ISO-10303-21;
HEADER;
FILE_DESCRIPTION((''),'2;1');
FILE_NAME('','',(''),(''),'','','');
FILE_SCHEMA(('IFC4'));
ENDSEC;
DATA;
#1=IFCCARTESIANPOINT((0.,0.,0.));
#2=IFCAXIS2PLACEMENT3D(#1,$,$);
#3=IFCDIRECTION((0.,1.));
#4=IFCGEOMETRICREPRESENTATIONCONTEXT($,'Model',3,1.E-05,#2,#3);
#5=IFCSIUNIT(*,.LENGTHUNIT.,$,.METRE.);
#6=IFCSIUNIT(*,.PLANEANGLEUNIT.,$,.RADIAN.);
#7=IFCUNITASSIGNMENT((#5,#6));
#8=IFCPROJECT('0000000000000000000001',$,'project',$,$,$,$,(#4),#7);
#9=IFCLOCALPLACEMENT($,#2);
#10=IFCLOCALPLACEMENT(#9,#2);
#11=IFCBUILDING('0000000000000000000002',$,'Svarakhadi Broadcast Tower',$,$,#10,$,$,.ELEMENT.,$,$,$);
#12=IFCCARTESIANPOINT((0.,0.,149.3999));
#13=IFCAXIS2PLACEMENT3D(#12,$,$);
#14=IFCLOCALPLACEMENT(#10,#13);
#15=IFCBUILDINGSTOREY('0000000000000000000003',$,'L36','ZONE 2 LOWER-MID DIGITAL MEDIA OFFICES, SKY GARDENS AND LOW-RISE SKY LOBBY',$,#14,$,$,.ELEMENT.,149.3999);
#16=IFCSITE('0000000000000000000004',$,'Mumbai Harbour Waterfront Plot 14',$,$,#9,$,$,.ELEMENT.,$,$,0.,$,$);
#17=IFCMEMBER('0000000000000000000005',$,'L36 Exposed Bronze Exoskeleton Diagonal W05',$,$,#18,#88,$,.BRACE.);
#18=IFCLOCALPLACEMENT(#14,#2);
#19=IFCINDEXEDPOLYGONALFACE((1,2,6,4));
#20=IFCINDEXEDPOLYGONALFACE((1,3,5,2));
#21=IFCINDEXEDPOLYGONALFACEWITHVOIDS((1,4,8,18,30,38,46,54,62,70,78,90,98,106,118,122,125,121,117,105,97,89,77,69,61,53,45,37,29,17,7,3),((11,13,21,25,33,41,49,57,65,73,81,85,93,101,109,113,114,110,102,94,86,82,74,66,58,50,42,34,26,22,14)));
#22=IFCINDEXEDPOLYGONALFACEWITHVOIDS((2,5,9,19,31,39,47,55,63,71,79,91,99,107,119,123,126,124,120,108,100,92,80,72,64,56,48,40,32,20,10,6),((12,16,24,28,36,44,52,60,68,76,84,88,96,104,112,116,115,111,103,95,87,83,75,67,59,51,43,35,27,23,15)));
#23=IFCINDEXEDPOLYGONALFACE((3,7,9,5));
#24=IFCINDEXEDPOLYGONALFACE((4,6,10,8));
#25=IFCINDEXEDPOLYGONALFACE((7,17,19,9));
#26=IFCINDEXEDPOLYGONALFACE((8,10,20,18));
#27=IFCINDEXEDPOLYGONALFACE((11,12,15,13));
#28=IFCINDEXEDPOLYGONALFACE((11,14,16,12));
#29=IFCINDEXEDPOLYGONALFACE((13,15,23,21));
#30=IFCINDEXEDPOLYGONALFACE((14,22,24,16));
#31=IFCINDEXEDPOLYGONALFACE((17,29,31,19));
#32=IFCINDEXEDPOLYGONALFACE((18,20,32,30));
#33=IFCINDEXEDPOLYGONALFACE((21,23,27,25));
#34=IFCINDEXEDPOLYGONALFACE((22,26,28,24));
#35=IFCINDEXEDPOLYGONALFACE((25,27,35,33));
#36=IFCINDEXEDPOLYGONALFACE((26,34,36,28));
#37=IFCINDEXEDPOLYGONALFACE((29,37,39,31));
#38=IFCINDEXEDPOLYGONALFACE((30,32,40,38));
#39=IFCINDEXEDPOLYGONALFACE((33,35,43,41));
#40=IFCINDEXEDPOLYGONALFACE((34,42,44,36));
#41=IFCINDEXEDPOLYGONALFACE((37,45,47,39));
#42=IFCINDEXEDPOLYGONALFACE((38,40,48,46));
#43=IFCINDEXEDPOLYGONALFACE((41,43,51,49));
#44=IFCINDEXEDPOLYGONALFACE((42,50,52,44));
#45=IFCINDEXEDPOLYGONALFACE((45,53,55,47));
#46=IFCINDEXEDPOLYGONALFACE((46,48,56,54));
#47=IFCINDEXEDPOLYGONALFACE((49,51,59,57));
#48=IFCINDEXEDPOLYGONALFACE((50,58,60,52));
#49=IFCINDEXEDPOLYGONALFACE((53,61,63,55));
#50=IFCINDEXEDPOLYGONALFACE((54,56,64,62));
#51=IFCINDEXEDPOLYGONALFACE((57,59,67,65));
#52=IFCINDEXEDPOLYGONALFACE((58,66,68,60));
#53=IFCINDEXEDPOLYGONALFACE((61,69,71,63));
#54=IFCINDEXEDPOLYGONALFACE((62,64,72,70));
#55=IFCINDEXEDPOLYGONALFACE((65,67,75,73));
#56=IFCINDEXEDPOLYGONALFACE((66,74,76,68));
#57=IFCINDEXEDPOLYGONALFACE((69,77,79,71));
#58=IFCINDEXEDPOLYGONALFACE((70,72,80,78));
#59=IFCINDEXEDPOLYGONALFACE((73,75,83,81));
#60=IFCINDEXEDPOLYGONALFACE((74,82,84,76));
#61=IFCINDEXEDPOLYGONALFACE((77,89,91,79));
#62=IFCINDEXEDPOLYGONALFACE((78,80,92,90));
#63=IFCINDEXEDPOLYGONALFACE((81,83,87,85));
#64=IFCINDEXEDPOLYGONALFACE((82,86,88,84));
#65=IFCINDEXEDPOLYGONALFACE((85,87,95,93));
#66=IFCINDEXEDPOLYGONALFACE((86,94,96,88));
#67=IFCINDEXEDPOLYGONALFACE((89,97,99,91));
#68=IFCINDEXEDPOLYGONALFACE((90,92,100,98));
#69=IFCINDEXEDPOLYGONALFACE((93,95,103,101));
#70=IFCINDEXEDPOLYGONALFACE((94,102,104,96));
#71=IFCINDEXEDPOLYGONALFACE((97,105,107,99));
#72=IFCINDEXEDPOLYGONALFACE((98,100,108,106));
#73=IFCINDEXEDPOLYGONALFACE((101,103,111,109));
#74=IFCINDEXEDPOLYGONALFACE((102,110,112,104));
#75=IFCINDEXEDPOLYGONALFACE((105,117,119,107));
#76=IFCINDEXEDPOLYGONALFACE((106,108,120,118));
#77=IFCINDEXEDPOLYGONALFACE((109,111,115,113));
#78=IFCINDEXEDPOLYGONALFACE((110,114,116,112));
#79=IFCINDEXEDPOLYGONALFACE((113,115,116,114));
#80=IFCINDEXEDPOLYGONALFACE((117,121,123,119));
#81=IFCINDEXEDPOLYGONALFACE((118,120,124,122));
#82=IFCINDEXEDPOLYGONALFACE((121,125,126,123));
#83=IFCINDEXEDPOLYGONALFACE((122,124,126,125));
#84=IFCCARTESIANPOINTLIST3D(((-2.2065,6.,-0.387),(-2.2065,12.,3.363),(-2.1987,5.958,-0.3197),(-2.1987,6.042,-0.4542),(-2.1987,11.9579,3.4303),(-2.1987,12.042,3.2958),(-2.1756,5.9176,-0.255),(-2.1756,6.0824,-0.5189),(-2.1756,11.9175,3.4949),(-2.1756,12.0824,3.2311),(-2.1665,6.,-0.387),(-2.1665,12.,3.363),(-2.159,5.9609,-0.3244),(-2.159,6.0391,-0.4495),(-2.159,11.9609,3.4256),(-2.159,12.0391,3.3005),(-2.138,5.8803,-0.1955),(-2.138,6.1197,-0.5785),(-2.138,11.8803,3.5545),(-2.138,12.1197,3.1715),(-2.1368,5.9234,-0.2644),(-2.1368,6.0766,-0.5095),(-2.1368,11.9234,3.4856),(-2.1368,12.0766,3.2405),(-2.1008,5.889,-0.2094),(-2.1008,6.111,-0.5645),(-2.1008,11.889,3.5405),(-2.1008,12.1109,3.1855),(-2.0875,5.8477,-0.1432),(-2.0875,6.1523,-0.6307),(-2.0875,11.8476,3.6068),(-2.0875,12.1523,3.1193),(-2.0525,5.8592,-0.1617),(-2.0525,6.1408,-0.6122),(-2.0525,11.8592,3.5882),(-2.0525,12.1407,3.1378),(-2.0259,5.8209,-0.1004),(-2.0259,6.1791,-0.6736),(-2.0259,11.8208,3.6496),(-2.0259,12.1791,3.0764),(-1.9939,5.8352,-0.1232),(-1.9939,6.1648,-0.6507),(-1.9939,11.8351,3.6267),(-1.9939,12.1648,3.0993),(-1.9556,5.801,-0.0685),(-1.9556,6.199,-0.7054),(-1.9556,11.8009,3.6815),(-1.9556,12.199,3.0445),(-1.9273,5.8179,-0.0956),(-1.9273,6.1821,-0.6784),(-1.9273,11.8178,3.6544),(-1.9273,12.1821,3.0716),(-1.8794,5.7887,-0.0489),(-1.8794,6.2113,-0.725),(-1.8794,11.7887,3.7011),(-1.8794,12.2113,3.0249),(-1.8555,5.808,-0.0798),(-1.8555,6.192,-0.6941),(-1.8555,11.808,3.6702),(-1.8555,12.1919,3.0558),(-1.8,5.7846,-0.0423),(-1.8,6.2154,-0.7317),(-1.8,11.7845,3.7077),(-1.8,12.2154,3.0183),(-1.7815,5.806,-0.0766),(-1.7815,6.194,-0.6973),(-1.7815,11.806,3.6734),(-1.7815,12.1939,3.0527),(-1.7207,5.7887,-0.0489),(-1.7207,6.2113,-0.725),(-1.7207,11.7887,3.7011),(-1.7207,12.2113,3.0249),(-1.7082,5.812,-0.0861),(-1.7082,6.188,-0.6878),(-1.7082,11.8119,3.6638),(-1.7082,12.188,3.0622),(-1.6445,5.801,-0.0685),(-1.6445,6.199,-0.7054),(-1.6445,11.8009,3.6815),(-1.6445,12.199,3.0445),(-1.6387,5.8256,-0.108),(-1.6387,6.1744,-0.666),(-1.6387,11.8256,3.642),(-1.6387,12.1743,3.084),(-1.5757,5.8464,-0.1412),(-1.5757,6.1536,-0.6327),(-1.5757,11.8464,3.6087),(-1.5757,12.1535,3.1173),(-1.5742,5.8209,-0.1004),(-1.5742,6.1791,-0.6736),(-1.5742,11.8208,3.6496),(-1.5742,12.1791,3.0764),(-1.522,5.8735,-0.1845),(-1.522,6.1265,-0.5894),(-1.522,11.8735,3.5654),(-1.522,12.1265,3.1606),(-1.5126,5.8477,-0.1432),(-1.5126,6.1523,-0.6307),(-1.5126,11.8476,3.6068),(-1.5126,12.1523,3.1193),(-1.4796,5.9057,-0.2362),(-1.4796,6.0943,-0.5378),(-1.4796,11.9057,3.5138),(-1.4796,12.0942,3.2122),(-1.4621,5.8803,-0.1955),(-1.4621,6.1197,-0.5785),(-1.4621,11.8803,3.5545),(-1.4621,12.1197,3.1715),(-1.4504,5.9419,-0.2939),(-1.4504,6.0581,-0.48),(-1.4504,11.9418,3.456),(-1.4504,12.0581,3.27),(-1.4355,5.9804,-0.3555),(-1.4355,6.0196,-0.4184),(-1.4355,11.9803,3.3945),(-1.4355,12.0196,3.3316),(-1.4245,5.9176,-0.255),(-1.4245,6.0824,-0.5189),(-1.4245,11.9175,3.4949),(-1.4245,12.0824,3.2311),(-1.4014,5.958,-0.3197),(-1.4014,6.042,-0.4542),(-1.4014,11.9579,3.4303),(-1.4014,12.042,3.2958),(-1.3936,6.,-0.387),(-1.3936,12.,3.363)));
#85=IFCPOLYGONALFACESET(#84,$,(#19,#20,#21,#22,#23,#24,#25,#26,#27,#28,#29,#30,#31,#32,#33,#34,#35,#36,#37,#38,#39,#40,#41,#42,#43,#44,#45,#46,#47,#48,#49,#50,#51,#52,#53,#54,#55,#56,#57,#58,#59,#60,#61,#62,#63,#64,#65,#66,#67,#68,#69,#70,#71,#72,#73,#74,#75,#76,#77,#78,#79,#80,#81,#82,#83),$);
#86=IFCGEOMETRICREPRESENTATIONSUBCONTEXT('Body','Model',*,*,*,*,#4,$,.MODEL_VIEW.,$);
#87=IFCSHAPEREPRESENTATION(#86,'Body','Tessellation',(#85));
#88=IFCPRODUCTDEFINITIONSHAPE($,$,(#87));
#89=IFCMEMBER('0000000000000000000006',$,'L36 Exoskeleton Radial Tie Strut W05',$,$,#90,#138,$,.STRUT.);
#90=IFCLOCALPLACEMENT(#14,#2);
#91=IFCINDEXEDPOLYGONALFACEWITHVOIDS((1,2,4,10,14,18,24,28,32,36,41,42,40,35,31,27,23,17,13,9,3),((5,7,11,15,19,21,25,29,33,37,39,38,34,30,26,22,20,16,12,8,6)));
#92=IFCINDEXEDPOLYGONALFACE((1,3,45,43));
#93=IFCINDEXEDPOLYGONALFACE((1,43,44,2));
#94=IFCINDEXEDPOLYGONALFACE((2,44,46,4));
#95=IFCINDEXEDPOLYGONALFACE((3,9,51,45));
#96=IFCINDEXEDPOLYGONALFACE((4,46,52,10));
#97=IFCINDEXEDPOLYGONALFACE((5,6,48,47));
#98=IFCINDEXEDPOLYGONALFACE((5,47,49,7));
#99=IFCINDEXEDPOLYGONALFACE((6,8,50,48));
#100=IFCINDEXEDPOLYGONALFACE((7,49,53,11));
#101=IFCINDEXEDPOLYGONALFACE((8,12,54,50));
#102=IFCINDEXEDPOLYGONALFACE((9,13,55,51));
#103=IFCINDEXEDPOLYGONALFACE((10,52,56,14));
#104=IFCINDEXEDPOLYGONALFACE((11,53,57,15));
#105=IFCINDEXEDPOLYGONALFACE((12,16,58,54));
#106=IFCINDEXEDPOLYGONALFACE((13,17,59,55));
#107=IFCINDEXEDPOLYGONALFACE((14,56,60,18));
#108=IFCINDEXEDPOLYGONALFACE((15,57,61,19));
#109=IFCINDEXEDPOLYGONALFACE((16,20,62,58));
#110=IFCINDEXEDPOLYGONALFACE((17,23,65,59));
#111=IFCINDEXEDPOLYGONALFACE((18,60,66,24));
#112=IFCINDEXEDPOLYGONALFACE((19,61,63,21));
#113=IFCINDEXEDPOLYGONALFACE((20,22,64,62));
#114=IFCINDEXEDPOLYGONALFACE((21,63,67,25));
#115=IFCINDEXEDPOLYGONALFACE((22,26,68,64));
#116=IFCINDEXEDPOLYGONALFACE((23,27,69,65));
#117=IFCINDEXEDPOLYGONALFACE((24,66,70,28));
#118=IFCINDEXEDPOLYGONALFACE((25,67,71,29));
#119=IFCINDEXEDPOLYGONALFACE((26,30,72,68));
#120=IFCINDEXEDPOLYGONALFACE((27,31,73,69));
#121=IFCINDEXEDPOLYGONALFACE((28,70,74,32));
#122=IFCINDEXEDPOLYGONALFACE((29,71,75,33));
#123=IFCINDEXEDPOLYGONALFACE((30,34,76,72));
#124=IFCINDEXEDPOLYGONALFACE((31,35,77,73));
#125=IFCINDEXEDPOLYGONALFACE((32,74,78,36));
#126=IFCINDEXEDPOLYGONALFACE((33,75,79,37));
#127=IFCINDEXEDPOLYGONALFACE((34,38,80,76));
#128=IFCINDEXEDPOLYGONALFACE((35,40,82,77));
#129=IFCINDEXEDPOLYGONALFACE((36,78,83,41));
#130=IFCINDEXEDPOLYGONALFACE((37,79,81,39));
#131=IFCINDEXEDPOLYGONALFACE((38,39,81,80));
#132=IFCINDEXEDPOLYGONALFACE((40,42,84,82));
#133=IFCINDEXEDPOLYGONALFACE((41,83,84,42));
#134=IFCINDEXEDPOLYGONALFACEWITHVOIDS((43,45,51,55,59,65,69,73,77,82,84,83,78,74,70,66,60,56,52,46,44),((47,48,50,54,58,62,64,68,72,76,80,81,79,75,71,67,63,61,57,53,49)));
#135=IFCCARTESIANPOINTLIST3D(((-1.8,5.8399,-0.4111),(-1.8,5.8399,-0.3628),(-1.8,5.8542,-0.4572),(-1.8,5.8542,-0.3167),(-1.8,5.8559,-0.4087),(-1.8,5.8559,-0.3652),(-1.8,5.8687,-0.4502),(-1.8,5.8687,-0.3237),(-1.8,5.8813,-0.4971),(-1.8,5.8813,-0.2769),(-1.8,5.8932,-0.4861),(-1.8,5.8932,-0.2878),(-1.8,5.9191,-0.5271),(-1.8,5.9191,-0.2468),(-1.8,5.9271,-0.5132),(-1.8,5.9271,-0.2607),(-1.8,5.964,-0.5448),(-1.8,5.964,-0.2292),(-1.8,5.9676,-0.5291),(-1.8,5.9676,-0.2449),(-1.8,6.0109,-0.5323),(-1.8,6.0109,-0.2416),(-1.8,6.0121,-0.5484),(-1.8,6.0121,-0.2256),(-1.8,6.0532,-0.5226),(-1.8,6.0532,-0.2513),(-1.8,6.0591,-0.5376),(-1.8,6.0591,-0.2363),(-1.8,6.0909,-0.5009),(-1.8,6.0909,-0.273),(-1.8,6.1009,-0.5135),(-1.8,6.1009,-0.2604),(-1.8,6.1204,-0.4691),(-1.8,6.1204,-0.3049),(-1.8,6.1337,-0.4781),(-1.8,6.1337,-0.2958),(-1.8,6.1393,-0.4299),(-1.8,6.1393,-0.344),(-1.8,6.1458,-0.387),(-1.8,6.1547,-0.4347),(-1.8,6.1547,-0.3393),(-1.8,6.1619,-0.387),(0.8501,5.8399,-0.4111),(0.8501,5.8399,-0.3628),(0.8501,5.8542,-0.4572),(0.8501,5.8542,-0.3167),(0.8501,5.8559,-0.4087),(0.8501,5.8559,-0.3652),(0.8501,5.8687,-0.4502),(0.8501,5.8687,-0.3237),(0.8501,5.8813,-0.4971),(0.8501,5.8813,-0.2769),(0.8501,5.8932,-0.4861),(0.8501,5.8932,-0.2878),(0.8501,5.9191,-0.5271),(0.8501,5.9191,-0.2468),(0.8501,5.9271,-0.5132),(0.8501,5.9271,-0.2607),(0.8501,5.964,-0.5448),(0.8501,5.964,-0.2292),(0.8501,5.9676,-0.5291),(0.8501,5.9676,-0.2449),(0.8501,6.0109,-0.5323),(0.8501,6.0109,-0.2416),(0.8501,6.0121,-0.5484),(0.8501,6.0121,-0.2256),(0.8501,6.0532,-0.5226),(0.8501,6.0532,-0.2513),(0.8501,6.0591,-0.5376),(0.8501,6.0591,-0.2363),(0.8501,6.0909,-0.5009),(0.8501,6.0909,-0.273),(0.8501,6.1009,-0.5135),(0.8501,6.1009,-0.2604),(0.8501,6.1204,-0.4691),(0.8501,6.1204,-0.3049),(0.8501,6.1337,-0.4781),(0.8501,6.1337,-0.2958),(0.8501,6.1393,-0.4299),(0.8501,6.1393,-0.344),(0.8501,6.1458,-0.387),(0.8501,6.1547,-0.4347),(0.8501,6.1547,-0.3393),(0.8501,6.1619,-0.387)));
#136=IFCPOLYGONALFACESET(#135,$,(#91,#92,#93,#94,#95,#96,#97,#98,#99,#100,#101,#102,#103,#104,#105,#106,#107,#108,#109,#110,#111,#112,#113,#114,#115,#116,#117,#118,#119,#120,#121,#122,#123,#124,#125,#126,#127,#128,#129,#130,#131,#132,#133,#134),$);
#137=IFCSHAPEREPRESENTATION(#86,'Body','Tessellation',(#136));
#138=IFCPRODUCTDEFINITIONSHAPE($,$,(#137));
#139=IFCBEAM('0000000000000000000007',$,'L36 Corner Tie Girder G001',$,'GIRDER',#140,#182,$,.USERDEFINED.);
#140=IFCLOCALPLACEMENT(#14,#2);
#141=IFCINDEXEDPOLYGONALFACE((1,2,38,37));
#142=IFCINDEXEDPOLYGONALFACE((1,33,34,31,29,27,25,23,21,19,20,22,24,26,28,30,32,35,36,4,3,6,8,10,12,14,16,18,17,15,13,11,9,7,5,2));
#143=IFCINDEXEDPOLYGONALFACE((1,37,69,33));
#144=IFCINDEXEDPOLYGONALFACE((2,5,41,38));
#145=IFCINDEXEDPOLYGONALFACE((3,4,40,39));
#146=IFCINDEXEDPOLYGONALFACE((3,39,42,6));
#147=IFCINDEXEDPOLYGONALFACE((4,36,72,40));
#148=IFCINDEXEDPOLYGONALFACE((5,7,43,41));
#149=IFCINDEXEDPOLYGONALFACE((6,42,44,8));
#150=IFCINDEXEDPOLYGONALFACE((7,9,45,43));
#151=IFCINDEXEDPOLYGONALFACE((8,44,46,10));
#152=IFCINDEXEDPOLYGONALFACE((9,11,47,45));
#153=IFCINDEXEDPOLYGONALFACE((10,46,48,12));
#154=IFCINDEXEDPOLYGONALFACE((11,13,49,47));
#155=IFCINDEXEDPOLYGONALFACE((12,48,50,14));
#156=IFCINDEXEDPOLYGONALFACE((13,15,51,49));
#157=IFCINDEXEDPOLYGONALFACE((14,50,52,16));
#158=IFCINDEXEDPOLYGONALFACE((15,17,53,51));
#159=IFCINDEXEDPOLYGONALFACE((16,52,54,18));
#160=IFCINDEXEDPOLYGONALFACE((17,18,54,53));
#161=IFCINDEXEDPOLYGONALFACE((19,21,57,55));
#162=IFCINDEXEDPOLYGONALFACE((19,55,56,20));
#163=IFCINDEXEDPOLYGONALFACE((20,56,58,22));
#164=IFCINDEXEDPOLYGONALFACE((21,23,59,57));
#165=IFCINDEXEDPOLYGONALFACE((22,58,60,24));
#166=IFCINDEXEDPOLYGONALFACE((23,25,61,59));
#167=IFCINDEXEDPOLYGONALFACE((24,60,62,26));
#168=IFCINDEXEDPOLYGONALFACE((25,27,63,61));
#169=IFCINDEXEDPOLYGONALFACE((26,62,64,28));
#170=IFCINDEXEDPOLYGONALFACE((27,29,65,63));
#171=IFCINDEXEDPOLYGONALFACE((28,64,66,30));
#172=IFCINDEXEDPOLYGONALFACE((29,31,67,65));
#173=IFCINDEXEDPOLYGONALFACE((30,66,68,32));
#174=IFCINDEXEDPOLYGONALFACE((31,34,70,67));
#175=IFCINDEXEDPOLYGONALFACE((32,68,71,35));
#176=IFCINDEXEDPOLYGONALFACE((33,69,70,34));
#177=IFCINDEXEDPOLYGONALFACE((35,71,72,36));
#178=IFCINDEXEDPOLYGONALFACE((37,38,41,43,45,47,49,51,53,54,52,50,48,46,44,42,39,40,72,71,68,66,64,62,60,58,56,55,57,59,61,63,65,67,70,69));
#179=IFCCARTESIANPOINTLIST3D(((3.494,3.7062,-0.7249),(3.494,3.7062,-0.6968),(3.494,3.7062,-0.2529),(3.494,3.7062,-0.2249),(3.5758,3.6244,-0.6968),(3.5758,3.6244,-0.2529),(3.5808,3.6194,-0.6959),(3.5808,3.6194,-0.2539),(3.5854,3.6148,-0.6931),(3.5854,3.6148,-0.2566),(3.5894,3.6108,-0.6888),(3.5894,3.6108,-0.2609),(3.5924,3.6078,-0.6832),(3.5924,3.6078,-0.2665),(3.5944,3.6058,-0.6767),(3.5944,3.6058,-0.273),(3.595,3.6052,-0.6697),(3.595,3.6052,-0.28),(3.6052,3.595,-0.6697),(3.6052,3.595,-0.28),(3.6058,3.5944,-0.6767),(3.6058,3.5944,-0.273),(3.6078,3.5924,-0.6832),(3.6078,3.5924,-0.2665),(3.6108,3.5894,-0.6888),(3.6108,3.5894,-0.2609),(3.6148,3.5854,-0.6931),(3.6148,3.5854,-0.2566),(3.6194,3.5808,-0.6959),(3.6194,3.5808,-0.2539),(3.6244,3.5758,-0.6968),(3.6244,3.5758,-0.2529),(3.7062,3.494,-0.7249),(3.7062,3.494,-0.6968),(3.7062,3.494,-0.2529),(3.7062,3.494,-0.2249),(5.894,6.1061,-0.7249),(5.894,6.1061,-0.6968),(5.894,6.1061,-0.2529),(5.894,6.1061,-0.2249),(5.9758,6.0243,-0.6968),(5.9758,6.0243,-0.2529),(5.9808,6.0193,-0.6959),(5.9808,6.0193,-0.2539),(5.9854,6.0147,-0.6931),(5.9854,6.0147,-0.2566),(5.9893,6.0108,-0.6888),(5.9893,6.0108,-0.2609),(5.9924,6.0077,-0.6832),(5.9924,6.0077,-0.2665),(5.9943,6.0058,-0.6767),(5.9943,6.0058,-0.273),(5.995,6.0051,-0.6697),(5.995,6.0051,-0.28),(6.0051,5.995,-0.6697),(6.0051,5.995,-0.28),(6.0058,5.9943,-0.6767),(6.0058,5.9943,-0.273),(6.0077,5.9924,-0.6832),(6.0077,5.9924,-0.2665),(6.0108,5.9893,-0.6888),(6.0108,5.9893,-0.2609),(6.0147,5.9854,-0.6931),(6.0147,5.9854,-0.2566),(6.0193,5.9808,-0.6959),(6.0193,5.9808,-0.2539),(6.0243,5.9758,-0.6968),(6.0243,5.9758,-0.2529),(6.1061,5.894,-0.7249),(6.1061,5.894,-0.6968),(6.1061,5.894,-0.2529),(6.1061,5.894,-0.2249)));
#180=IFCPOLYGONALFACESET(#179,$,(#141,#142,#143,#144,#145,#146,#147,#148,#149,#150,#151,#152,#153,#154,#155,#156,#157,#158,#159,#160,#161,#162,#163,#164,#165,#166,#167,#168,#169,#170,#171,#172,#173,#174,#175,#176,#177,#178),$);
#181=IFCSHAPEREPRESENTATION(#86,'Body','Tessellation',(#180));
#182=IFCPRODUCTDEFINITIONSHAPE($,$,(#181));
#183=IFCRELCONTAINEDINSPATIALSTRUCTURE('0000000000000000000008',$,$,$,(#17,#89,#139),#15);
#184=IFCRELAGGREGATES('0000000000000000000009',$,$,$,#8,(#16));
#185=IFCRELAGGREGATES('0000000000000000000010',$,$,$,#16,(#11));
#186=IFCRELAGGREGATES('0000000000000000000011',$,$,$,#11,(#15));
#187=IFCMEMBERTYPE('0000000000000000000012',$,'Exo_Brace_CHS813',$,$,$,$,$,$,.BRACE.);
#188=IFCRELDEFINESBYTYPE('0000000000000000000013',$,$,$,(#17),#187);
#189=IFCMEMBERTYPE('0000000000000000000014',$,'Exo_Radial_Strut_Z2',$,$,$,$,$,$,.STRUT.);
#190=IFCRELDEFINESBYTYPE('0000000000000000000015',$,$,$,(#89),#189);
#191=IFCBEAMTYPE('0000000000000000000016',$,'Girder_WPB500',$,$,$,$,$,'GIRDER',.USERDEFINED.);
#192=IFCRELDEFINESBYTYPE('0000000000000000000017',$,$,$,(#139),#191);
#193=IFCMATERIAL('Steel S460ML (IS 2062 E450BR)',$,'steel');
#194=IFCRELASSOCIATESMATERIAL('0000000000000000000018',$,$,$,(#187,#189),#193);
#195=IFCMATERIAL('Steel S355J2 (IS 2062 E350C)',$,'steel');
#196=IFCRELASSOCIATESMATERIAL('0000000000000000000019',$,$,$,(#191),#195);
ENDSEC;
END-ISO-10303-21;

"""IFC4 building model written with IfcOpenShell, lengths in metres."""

from ifc_helpers import new_model, si_unit, direction, frame, origin, origin_2d, place, context, subcontext, project, spatial, hollow_circle, i_section, extrude, material, material_profile, profile_set, type_object, element, save


model = new_model("IFC4")

# Units and contexts
model_context = context("Model", 3, precision=1e-05, world=origin(), true_north=direction((0.0, 1.0)))
body_context = subcontext(model_context, "Body", "Model", "MODEL_VIEW")
ifc_project = project(units=[si_unit("LENGTHUNIT", "METRE"), si_unit("PLANEANGLEUNIT", "RADIAN")], contexts=[model_context])

# Site, building, storey
site_placement = place(None, origin())
site = spatial("IfcSite", under=ifc_project, at=site_placement, Name="Mumbai Harbour Waterfront Plot 14", CompositionType="ELEMENT", RefElevation=0.0)
building_placement = place(site_placement, origin())
building = spatial("IfcBuilding", under=site, at=building_placement, Name="Svarakhadi Broadcast Tower", CompositionType="ELEMENT")
storey_placement = place(building_placement, frame((0.0, 0.0, 149.3999)))
storey = spatial("IfcBuildingStorey", under=building, at=storey_placement, Name="L36", Description="ZONE 2 LOWER-MID DIGITAL MEDIA OFFICES, SKY GARDENS AND LOW-RISE SKY LOBBY", CompositionType="ELEMENT", Elevation=149.3999)

# Shared definitions
ifc_material_1 = material(Name="Steel S460ML (IS 2062 E450BR)", Category="steel")

# Members
ifc_material_profile_1 = material_profile(ifc_material_1, hollow_circle(Radius=0.4065, WallThickness=0.04, at=origin_2d()), Name="CHS 813x40")
ifc_profile_set_1 = profile_set([ifc_material_profile_1], Name="Steel S460ML (IS 2062 E450BR)")
member_type_1 = type_object("IfcMemberType", Name="Exo_Brace_CHS813", PredefinedType="BRACE", material=ifc_profile_set_1)
member_1_placement = place(storey_placement, frame((-1.8, 6.0, -0.387), z_axis=(0.0, 0.847998, 0.529999), x_axis=(-1.0, 0.0, 0.0)))
element("IfcMember", 1, at=member_1_placement, inside=storey, type_object=member_type_1, Name="L36 Exposed Bronze Exoskeleton Diagonal W05", PredefinedType="BRACE", context=body_context, shape_type="SweptSolid", body=[
    extrude(hollow_circle(Radius=0.4065, WallThickness=0.04, at=origin_2d()), origin(), (0.0, 0.0, 1.0), 7.0754),
])
ifc_material_profile_2 = material_profile(ifc_material_1, hollow_circle(Radius=0.1619, WallThickness=0.0161, at=origin_2d()), Name="CHS 323.9x16")
ifc_profile_set_2 = profile_set([ifc_material_profile_2], Name="Steel S460ML (IS 2062 E450BR)")
member_type_2 = type_object("IfcMemberType", Name="Exo_Radial_Strut_Z2", PredefinedType="STRUT", material=ifc_profile_set_2)
member_2_placement = place(storey_placement, frame((-1.8, 6.0, -0.387), z_axis=(1.0, 0.0, 0.0), x_axis=(0.0, 1.0, 0.0)))
element("IfcMember", 2, at=member_2_placement, inside=storey, type_object=member_type_2, Name="L36 Exoskeleton Radial Tie Strut W05", PredefinedType="STRUT", context=body_context, shape_type="SweptSolid", body=[
    extrude(hollow_circle(Radius=0.1619, WallThickness=0.0161, at=origin_2d()), origin(), (0.0, 0.0, 1.0), 2.6501),
])

# Beam
ifc_material_2 = material(Name="Steel S355J2 (IS 2062 E350C)", Category="steel")
ifc_material_profile_3 = material_profile(ifc_material_2, i_section(OverallWidth=0.3, OverallDepth=0.5, WebThickness=0.0144, FlangeThickness=0.0281, FilletRadius=0.0271, at=origin_2d()), Name="WPB 500x300x187")
ifc_profile_set_3 = profile_set([ifc_material_profile_3], Name="Steel S355J2 (IS 2062 E350C)")
beam_type = type_object("IfcBeamType", Name="Girder_WPB500", ElementType="GIRDER", PredefinedType="USERDEFINED", material=ifc_profile_set_3)
beam_1_placement = place(storey_placement, frame((3.6001, 3.6001, -0.4749), z_axis=(0.707107, 0.707107, 0.0), x_axis=(-0.707107, 0.707107, 0.0)))
element("IfcBeam", 3, at=beam_1_placement, inside=storey, type_object=beam_type, Name="L36 Corner Tie Girder G001", ObjectType="GIRDER", PredefinedType="USERDEFINED", context=body_context, shape_type="SweptSolid", body=[
    extrude(i_section(OverallWidth=0.3, OverallDepth=0.5, WebThickness=0.0144, FlangeThickness=0.0281, FilletRadius=0.0271, at=origin_2d()), origin(), (0.0, 0.0, 1.0), 3.394),
])

save(model, "model.ifc")
